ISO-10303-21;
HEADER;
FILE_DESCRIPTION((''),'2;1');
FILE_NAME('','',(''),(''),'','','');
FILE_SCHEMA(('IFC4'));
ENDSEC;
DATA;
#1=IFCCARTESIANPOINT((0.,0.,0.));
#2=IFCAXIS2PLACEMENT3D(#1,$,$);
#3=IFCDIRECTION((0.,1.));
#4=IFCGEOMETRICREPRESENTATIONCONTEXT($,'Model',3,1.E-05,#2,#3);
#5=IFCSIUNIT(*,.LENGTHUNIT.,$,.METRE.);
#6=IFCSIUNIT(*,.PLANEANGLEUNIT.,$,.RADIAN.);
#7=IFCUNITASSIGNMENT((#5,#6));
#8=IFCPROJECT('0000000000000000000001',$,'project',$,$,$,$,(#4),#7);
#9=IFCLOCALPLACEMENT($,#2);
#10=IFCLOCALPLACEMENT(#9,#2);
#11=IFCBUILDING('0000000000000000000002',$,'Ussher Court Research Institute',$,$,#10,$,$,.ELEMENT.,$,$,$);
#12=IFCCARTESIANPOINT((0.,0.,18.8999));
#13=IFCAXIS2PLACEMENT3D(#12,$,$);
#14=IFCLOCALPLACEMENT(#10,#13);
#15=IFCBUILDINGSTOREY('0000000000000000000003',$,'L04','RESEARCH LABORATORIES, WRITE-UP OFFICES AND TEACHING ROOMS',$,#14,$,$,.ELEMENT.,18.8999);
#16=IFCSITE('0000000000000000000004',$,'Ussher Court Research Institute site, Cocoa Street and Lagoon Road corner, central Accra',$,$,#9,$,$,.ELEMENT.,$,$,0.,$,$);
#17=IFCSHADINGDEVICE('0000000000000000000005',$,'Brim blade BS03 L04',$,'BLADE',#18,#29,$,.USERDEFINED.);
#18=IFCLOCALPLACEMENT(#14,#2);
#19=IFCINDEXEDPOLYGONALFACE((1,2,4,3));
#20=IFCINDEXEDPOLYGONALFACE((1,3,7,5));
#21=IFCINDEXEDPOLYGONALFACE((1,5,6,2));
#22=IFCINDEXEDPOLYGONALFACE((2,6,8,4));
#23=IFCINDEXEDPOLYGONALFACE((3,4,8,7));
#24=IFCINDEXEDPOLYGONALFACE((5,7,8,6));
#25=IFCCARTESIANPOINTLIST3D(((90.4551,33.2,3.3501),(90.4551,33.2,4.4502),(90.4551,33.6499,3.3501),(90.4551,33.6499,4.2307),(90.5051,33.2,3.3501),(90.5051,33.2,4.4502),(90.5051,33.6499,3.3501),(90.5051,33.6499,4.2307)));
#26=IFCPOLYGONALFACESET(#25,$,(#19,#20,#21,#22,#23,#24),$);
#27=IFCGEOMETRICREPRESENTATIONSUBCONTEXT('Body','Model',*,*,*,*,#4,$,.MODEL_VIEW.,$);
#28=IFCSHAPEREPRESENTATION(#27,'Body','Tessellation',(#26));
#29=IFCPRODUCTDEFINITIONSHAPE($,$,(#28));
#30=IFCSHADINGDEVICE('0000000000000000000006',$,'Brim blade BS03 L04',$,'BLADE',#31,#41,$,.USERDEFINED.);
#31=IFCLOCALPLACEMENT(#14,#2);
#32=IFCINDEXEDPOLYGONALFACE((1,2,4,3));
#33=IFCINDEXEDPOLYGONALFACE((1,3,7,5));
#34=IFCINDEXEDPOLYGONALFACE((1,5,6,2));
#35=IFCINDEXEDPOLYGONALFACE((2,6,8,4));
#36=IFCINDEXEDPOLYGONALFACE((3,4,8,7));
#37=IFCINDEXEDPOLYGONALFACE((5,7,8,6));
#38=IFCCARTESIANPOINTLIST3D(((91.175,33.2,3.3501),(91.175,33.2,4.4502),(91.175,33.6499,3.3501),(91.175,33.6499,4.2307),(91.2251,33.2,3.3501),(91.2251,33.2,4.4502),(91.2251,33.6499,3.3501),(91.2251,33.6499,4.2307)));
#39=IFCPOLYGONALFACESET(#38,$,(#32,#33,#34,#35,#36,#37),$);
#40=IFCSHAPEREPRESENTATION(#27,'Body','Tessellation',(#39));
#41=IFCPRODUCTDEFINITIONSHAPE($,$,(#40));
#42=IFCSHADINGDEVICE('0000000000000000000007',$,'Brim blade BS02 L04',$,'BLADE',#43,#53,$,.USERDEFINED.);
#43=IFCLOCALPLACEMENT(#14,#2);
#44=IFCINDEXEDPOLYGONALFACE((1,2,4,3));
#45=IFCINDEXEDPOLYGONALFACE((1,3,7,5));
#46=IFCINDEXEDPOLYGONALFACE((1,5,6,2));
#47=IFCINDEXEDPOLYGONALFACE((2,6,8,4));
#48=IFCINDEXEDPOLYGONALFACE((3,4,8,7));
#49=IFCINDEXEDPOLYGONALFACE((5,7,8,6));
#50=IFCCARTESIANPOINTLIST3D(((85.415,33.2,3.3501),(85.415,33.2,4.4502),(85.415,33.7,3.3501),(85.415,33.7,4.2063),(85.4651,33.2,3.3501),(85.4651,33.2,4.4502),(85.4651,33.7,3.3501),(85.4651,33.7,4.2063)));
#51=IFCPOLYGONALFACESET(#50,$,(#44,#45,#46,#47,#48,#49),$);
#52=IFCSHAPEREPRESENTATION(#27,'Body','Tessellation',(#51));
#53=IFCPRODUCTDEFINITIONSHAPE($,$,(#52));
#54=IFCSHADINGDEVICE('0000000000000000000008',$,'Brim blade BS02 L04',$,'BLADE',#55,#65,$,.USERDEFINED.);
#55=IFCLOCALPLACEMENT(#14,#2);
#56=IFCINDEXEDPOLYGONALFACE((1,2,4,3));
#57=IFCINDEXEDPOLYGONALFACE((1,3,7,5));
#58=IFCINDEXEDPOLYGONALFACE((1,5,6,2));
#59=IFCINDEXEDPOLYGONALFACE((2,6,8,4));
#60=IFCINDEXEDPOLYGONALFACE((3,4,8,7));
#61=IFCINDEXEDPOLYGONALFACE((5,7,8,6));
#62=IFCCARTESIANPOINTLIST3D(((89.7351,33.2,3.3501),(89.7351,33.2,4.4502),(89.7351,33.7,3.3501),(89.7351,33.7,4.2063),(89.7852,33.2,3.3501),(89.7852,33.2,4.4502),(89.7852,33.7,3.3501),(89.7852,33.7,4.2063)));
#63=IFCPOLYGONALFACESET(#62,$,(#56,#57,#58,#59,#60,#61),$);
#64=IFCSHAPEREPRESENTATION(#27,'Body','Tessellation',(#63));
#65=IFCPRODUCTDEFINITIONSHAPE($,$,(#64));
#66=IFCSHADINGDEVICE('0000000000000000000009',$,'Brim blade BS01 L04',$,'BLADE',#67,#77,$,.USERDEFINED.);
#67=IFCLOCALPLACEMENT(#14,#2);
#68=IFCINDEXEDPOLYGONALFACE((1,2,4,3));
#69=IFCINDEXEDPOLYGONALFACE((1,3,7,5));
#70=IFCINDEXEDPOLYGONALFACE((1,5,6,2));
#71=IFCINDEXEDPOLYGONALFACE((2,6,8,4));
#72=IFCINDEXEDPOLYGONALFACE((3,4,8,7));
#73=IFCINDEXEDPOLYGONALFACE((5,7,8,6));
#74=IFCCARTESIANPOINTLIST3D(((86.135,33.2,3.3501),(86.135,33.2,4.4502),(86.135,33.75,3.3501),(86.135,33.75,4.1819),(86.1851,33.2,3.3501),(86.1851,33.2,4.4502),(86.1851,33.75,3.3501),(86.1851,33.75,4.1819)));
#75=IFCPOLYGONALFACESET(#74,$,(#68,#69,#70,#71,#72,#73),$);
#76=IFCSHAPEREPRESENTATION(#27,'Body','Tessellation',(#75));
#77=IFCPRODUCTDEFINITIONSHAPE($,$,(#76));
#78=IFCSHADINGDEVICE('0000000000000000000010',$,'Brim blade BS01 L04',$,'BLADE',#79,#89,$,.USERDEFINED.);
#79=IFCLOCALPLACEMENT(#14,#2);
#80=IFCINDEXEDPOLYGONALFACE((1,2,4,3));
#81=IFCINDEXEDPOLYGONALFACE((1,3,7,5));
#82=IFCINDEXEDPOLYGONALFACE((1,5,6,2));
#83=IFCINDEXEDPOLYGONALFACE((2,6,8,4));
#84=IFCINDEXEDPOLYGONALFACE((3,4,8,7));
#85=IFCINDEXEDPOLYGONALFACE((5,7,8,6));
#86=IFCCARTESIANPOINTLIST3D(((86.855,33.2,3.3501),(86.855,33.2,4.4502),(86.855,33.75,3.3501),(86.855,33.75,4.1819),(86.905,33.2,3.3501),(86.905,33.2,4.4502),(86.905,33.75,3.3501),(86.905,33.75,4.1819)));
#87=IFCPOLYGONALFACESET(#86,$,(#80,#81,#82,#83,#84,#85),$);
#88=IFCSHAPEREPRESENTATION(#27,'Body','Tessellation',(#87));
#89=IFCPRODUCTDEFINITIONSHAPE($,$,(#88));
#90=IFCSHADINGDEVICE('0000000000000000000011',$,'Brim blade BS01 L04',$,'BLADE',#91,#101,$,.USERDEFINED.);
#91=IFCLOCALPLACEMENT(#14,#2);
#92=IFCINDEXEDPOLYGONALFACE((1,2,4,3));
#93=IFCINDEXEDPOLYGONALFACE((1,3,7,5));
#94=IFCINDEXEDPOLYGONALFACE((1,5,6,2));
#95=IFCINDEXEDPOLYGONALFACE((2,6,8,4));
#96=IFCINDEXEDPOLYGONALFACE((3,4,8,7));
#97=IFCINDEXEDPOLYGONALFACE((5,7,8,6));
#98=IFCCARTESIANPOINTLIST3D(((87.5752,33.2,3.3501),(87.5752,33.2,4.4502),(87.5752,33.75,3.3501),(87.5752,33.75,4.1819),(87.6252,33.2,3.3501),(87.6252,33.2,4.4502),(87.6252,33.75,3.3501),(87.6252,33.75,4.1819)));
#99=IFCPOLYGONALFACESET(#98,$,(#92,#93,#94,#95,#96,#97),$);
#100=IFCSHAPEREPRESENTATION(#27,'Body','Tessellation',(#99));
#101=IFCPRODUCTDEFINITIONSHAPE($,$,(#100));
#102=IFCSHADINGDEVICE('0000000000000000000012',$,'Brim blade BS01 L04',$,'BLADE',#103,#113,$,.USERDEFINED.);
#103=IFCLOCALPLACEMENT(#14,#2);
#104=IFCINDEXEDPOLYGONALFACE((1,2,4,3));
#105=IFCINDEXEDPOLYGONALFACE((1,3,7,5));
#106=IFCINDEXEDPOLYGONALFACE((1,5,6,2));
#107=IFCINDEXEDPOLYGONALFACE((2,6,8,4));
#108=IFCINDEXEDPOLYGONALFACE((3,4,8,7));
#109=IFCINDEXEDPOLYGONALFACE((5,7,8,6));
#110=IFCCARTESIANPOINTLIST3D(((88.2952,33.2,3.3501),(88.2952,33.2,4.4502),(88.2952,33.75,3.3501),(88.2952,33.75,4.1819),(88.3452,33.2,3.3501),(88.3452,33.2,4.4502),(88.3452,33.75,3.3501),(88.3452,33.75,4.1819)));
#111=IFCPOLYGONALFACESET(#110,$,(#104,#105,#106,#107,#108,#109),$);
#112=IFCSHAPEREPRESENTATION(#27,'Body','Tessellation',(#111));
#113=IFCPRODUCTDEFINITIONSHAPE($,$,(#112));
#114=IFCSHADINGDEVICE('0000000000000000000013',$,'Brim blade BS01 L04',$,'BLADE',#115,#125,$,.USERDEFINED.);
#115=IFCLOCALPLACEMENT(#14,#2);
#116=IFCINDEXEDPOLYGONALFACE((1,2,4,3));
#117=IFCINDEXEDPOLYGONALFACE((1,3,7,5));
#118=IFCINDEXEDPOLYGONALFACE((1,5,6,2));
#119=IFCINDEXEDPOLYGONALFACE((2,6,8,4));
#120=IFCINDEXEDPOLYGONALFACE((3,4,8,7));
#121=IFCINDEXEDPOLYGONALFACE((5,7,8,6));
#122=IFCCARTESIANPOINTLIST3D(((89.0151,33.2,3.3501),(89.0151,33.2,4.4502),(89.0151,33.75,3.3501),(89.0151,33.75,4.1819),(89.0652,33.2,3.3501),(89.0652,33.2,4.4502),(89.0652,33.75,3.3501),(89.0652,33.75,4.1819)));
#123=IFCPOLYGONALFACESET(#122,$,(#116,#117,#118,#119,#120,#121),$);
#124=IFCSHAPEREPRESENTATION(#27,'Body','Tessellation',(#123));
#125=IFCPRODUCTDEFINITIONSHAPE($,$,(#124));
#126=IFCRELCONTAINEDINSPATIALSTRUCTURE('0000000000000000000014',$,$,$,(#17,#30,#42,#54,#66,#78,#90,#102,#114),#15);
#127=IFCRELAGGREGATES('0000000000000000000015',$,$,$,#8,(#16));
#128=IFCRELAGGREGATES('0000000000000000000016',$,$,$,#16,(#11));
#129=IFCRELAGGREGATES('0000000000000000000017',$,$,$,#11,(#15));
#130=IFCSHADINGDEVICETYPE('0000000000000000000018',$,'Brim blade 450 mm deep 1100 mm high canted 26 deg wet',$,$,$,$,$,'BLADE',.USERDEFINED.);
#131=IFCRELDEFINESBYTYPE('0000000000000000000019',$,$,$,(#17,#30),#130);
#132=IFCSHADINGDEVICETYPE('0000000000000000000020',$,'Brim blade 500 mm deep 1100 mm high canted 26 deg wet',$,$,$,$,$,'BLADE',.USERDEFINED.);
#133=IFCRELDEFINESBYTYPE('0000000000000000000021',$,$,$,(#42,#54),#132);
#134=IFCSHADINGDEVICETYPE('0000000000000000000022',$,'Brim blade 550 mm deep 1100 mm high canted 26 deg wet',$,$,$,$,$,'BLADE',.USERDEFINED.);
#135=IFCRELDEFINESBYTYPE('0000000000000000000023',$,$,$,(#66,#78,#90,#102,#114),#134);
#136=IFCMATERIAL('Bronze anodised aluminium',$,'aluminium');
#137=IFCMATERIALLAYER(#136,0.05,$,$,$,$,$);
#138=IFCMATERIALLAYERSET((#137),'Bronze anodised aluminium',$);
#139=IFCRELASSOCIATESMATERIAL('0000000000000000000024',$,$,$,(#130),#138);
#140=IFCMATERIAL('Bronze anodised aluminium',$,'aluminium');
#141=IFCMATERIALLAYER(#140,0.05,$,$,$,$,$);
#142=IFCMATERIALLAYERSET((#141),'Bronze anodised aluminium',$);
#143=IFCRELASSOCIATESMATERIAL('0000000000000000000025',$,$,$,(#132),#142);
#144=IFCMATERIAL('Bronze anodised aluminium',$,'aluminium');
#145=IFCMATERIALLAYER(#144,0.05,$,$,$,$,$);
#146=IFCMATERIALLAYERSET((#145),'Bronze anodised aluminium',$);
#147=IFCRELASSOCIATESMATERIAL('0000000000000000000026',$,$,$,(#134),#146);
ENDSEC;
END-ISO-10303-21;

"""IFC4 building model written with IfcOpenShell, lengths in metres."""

from ifc_helpers import new_model, si_unit, direction, frame, origin, place, context, subcontext, project, spatial, polyline, outline, extrude, material, layer, layer_set, type_object, element, save


model = new_model("IFC4")

# Units and contexts
model_context = context("Model", 3, precision=1e-05, world=origin(), true_north=direction((0.0, 1.0)))
body_context = subcontext(model_context, "Body", "Model", "MODEL_VIEW")
ifc_project = project(units=[si_unit("LENGTHUNIT", "METRE"), si_unit("PLANEANGLEUNIT", "RADIAN")], contexts=[model_context])

# Site, building, storey
site_placement = place(None, origin())
site = spatial("IfcSite", under=ifc_project, at=site_placement, Name="Ussher Court Research Institute site, Cocoa Street and Lagoon Road corner, central Accra", CompositionType="ELEMENT", RefElevation=0.0)
building_placement = place(site_placement, origin())
building = spatial("IfcBuilding", under=site, at=building_placement, Name="Ussher Court Research Institute", CompositionType="ELEMENT")
storey_placement = place(building_placement, frame((0.0, 0.0, 18.8999)))
storey = spatial("IfcBuildingStorey", under=building, at=storey_placement, Name="L04", Description="RESEARCH LABORATORIES, WRITE-UP OFFICES AND TEACHING ROOMS", CompositionType="ELEMENT", Elevation=18.8999)

# Shading devices
ifc_material_1 = material(Name="Bronze anodised aluminium", Category="aluminium")
ifc_layer_1 = layer(ifc_material_1, 0.05)
ifc_layer_set_1 = layer_set([ifc_layer_1], Name="Bronze anodised aluminium")
shading_device_type_1 = type_object("IfcShadingDeviceType", Name="Brim blade 450 mm deep 1100 mm high canted 26 deg wet", ElementType="BLADE", PredefinedType="USERDEFINED", material=ifc_layer_set_1)
for number, where, z_axis, x_axis, name in (
    (1, (90.48, 33.2, 3.3501), (0.0, 0.0, 1.0), (0.0, 1.0, 0.0), "Brim blade BS03 L04"),
    (2, (91.2, 33.2, 3.3501), (0.0, 0.0, 1.0), (0.0, 1.0, 0.0), "Brim blade BS03 L04"),
):
    element("IfcShadingDevice", number, at=place(storey_placement, frame(where, z_axis=z_axis, x_axis=x_axis)), inside=storey, type_object=shading_device_type_1, Name=name, ObjectType="BLADE", PredefinedType="USERDEFINED", context=body_context, shape_type="SweptSolid", body=[
        extrude(outline(polyline([(0.0, 0.0), (0.45, 0.0), (0.45, 0.8806), (0.0, 1.1001), (0.0, 0.0)])), frame((0.0, 0.0249, 0.0), z_axis=(0.0, -1.0, 0.0), x_axis=(1.0, 0.0, 0.0)), (0.0, 0.0, 1.0), 0.05),
    ])
ifc_material_2 = material(Name="Bronze anodised aluminium", Category="aluminium")
ifc_layer_2 = layer(ifc_material_2, 0.05)
ifc_layer_set_2 = layer_set([ifc_layer_2], Name="Bronze anodised aluminium")
shading_device_type_2 = type_object("IfcShadingDeviceType", Name="Brim blade 500 mm deep 1100 mm high canted 26 deg wet", ElementType="BLADE", PredefinedType="USERDEFINED", material=ifc_layer_set_2)
for number, where, z_axis, x_axis, name in (
    (3, (85.4399, 33.2, 3.3501), (0.0, 0.0, 1.0), (0.0, 1.0, 0.0), "Brim blade BS02 L04"),
    (4, (89.76, 33.2, 3.3501), (0.0, 0.0, 1.0), (0.0, 1.0, 0.0), "Brim blade BS02 L04"),
):
    element("IfcShadingDevice", number, at=place(storey_placement, frame(where, z_axis=z_axis, x_axis=x_axis)), inside=storey, type_object=shading_device_type_2, Name=name, ObjectType="BLADE", PredefinedType="USERDEFINED", context=body_context, shape_type="SweptSolid", body=[
        extrude(outline(polyline([(0.0, 0.0), (0.5, 0.0), (0.5, 0.8562), (0.0, 1.1001), (0.0, 0.0)])), frame((0.0, 0.0249, 0.0), z_axis=(0.0, -1.0, 0.0), x_axis=(1.0, 0.0, 0.0)), (0.0, 0.0, 1.0), 0.05),
    ])
ifc_material_3 = material(Name="Bronze anodised aluminium", Category="aluminium")
ifc_layer_3 = layer(ifc_material_3, 0.05)
ifc_layer_set_3 = layer_set([ifc_layer_3], Name="Bronze anodised aluminium")
shading_device_type_3 = type_object("IfcShadingDeviceType", Name="Brim blade 550 mm deep 1100 mm high canted 26 deg wet", ElementType="BLADE", PredefinedType="USERDEFINED", material=ifc_layer_set_3)
for number, where, z_axis, x_axis, name in (
    (5, (86.1599, 33.2, 3.3501), (0.0, 0.0, 1.0), (0.0, 1.0, 0.0), "Brim blade BS01 L04"),
    (6, (86.8799, 33.2, 3.3501), (0.0, 0.0, 1.0), (0.0, 1.0, 0.0), "Brim blade BS01 L04"),
    (7, (87.6001, 33.2, 3.3501), (0.0, 0.0, 1.0), (0.0, 1.0, 0.0), "Brim blade BS01 L04"),
    (8, (88.3201, 33.2, 3.3501), (0.0, 0.0, 1.0), (0.0, 1.0, 0.0), "Brim blade BS01 L04"),
    (9, (89.04, 33.2, 3.3501), (0.0, 0.0, 1.0), (0.0, 1.0, 0.0), "Brim blade BS01 L04"),
):
    element("IfcShadingDevice", number, at=place(storey_placement, frame(where, z_axis=z_axis, x_axis=x_axis)), inside=storey, type_object=shading_device_type_3, Name=name, ObjectType="BLADE", PredefinedType="USERDEFINED", context=body_context, shape_type="SweptSolid", body=[
        extrude(outline(polyline([(0.0, 0.0), (0.55, 0.0), (0.55, 0.8318), (0.0, 1.1001), (0.0, 0.0)])), frame((0.0, 0.0249, 0.0), z_axis=(0.0, -1.0, 0.0), x_axis=(1.0, 0.0, 0.0)), (0.0, 0.0, 1.0), 0.05),
    ])

save(model, "model.ifc")
